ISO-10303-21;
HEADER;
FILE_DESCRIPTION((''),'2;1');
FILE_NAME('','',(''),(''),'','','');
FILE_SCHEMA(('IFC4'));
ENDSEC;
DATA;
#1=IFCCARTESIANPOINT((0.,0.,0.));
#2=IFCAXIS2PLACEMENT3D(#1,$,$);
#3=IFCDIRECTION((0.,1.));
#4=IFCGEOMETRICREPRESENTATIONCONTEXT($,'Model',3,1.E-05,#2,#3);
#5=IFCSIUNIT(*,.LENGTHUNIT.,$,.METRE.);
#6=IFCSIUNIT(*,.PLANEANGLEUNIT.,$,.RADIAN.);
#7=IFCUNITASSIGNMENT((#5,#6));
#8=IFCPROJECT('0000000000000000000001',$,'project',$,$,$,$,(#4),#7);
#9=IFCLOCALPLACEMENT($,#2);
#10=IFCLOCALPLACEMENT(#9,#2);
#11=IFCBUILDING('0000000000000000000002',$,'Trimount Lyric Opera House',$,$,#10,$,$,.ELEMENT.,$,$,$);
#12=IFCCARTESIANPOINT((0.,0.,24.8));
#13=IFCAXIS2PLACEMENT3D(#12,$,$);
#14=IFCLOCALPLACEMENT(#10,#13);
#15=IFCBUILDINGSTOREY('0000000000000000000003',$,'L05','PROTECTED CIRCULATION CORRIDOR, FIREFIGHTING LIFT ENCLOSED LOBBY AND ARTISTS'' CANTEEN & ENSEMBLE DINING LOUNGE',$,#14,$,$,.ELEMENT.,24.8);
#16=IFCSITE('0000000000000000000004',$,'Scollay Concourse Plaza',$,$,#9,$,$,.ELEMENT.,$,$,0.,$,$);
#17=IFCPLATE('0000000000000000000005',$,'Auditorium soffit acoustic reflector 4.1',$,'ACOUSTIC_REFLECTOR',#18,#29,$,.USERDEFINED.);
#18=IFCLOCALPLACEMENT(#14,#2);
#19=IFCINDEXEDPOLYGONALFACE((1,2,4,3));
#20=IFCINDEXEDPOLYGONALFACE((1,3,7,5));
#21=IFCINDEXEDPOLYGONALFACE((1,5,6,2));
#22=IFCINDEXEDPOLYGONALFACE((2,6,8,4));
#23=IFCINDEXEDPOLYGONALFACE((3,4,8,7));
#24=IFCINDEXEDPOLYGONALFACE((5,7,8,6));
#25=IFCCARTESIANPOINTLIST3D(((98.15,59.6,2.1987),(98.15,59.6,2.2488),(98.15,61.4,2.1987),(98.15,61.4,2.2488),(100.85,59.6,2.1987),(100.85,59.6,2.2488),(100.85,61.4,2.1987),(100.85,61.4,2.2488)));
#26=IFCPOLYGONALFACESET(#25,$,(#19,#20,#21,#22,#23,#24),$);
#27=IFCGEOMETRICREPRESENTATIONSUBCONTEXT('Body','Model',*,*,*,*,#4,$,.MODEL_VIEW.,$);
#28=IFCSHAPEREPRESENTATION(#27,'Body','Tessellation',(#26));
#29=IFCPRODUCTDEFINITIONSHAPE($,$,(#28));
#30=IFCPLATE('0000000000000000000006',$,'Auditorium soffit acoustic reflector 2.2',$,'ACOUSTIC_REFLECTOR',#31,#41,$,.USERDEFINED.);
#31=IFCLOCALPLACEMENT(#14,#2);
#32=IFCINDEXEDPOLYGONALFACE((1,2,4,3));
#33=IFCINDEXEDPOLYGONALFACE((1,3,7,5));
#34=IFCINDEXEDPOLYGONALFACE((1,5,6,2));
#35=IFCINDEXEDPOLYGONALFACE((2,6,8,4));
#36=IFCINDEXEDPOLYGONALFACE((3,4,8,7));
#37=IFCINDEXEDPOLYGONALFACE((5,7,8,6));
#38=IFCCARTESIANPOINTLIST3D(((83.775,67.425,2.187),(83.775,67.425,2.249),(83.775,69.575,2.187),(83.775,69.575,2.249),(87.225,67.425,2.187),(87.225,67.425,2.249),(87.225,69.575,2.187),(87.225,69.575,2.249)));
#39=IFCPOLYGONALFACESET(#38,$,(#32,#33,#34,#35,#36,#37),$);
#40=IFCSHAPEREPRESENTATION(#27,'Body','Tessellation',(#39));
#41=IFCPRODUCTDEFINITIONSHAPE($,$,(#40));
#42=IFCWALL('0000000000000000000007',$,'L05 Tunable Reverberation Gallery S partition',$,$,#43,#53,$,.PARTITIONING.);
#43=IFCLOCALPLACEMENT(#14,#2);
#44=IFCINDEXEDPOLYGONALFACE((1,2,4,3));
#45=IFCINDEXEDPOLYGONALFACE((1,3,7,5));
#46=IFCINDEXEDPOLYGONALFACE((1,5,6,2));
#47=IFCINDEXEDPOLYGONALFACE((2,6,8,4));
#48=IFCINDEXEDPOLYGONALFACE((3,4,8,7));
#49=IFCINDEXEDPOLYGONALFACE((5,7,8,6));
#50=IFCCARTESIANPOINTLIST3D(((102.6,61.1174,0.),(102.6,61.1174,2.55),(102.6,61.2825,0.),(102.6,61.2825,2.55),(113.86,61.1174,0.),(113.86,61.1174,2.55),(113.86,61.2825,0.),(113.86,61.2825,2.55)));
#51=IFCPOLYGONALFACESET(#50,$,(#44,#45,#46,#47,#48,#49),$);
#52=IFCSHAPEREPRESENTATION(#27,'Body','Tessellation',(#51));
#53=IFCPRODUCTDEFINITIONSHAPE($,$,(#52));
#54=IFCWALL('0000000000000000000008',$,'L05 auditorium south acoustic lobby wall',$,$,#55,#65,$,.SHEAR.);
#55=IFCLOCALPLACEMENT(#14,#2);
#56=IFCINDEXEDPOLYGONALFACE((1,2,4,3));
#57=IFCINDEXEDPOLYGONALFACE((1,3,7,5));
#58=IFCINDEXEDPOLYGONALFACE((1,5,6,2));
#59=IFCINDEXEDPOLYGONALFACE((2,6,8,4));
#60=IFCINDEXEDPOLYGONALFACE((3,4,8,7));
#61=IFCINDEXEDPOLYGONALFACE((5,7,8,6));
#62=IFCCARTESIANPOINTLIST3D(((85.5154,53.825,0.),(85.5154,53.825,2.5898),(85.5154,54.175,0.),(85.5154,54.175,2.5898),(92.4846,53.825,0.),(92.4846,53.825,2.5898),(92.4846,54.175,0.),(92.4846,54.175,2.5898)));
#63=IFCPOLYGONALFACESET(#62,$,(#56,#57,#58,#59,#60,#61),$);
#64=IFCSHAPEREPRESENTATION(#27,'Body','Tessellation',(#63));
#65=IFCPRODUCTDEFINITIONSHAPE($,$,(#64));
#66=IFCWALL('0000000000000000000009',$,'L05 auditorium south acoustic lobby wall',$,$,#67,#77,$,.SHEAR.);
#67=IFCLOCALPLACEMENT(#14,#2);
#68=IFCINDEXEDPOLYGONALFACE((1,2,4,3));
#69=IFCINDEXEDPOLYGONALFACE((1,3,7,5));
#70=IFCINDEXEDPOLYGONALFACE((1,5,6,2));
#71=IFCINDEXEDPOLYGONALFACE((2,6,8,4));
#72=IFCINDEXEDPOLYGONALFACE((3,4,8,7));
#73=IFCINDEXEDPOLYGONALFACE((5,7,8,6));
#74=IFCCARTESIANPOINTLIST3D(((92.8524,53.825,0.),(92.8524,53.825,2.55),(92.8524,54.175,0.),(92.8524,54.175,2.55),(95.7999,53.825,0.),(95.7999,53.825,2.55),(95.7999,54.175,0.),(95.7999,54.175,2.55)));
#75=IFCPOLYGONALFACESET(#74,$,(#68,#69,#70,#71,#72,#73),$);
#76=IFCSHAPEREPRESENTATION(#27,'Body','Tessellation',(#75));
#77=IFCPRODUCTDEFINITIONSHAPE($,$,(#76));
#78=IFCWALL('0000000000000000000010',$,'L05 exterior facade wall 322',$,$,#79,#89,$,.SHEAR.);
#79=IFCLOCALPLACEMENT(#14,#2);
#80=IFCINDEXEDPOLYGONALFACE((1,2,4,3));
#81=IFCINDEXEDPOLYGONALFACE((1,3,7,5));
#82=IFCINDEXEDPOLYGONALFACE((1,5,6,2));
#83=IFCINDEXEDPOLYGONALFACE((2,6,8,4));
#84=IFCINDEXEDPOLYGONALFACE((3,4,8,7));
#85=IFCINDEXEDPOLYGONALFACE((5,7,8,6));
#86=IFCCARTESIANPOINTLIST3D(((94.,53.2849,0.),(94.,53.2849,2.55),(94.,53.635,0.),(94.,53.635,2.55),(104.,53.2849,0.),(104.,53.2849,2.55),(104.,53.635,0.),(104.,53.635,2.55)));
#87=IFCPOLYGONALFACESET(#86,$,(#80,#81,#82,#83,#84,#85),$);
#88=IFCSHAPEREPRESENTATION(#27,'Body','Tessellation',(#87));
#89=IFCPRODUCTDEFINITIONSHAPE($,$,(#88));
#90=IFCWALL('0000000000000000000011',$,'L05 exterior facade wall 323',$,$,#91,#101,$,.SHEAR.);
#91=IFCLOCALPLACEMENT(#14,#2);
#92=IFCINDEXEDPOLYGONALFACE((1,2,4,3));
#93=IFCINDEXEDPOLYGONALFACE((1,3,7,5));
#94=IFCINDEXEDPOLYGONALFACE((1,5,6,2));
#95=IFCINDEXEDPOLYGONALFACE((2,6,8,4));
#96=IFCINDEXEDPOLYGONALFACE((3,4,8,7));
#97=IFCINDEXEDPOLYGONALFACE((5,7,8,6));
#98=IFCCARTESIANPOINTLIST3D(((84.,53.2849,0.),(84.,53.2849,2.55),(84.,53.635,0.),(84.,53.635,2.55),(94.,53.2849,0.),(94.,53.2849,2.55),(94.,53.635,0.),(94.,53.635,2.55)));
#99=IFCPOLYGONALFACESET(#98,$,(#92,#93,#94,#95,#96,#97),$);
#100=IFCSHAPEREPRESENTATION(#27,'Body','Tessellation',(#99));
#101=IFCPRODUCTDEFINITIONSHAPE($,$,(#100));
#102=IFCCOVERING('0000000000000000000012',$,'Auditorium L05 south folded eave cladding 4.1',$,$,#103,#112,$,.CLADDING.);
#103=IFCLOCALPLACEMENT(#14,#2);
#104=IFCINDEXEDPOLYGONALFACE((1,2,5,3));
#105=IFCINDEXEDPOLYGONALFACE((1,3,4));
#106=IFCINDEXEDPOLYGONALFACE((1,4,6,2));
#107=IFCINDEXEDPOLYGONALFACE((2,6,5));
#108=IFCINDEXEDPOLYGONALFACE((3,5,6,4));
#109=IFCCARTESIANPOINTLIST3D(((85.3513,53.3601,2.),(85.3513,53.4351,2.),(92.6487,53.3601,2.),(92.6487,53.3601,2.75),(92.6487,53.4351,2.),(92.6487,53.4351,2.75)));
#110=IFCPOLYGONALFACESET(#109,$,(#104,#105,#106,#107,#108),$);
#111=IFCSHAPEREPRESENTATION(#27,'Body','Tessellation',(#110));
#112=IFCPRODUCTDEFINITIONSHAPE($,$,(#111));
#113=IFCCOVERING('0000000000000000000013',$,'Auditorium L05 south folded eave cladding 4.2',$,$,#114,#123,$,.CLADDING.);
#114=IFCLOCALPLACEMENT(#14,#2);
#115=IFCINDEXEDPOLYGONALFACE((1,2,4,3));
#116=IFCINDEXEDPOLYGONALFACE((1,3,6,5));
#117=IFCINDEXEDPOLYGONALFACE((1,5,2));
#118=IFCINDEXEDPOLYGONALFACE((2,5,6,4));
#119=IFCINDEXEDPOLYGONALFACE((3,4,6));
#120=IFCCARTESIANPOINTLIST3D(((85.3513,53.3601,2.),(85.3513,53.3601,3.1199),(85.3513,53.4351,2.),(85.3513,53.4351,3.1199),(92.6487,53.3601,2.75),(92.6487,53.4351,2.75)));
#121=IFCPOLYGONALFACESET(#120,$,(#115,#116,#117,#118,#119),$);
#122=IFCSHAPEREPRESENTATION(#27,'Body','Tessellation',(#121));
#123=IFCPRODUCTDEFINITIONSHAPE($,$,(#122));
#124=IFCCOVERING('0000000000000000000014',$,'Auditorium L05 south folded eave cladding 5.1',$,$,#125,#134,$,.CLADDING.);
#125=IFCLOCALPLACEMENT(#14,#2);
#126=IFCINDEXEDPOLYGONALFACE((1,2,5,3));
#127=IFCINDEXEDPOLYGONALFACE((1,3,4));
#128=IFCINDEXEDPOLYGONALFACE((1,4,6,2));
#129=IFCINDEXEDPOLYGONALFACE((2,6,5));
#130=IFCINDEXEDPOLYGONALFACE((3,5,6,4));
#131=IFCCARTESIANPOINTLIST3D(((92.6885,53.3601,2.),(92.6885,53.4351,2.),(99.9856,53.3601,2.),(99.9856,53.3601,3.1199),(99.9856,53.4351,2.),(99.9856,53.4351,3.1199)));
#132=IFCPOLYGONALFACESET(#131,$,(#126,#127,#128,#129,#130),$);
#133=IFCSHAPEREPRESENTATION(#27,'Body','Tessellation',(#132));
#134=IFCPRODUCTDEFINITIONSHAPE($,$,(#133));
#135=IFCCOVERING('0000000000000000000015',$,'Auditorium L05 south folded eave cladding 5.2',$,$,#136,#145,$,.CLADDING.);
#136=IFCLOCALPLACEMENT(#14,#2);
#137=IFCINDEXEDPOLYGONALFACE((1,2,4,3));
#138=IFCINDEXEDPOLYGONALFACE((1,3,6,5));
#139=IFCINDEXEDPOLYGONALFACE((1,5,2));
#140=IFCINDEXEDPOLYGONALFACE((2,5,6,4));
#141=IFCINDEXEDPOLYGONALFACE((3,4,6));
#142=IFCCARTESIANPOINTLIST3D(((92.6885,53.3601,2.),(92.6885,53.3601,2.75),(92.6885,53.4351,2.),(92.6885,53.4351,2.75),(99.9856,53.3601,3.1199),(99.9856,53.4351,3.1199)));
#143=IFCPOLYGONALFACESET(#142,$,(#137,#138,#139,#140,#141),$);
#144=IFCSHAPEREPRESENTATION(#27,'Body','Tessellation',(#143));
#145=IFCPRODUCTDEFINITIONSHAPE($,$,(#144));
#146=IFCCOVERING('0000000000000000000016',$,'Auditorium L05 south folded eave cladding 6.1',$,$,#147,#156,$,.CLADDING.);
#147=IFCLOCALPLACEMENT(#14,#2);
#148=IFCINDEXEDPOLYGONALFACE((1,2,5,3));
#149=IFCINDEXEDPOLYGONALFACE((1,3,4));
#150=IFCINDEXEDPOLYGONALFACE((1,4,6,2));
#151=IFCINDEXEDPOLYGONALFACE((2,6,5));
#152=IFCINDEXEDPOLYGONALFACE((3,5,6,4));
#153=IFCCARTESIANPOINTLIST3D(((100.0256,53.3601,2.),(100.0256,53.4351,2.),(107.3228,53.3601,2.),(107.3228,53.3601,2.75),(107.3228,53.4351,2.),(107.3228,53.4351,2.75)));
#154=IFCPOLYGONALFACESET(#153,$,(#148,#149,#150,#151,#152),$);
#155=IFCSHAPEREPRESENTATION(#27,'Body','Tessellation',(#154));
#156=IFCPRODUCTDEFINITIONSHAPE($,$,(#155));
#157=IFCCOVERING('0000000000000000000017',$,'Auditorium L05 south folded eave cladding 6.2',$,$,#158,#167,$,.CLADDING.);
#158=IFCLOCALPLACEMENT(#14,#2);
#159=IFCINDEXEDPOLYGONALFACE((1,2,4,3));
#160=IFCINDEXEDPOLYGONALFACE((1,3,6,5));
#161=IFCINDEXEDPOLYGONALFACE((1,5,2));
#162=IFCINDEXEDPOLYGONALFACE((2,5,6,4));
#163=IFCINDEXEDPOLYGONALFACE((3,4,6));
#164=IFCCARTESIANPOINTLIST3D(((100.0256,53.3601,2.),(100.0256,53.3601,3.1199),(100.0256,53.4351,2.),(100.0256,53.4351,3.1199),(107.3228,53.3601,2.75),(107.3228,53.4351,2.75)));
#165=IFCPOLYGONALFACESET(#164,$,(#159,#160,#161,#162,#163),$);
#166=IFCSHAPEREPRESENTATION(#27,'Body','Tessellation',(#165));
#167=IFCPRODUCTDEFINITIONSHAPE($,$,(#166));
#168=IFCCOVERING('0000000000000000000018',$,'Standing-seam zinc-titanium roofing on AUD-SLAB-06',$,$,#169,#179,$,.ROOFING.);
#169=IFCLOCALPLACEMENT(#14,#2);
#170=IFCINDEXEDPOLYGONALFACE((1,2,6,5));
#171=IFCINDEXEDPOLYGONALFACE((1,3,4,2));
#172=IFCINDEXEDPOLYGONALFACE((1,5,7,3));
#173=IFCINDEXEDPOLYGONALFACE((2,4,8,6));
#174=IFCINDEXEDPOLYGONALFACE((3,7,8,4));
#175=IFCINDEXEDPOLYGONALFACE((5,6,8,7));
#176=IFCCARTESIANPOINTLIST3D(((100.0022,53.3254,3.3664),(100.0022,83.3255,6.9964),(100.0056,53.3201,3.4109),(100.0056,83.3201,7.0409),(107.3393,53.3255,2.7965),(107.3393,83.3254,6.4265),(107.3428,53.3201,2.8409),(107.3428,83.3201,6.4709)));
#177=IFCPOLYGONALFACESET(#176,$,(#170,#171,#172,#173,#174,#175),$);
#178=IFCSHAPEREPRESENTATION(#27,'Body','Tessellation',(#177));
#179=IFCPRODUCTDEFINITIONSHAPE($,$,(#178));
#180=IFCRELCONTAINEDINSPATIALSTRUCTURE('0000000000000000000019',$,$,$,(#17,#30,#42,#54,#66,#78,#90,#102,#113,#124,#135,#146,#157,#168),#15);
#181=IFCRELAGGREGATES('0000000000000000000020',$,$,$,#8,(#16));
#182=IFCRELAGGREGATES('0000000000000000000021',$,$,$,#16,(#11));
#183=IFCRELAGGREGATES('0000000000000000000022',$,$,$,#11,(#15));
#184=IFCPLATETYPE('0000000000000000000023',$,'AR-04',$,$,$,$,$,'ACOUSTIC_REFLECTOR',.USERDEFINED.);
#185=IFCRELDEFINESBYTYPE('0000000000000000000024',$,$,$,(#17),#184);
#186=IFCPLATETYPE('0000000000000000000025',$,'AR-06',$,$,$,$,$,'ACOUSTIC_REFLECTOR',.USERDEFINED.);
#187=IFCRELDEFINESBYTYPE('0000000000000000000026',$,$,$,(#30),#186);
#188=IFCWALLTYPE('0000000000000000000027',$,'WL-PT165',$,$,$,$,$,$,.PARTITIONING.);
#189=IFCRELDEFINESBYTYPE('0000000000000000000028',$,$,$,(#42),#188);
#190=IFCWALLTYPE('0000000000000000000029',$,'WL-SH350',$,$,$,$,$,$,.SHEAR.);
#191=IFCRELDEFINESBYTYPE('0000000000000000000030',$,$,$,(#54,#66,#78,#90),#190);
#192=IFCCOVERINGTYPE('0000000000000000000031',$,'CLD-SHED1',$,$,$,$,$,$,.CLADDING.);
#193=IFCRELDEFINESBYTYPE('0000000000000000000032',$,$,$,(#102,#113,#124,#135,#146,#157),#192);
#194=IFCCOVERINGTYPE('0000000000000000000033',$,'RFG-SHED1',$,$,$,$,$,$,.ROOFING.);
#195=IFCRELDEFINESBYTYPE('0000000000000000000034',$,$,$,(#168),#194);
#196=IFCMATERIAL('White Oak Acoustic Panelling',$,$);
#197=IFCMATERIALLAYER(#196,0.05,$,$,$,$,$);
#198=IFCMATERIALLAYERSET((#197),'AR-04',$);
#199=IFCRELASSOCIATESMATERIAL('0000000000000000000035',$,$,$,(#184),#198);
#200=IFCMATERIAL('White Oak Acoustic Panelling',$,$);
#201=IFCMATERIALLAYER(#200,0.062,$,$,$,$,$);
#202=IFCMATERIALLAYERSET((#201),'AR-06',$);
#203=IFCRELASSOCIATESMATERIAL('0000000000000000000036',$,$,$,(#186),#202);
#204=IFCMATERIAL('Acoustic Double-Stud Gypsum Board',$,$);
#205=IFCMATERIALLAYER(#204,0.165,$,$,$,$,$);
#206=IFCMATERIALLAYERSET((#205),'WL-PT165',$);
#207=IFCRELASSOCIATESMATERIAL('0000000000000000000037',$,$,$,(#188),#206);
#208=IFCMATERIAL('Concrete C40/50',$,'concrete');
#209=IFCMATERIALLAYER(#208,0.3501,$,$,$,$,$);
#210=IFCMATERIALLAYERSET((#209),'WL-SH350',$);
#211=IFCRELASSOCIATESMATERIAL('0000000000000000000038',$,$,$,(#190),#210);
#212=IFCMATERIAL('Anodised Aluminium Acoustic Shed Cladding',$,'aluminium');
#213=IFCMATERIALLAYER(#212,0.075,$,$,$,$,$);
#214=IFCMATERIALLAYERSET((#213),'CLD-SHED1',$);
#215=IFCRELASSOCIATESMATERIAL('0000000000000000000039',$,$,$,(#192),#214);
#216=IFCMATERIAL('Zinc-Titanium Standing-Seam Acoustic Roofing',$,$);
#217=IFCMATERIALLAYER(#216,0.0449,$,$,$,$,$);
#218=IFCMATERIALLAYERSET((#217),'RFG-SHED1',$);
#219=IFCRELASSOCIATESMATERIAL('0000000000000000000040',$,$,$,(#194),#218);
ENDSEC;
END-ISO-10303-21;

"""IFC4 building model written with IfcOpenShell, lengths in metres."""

from ifc_helpers import new_model, si_unit, direction, frame, frame_2d, origin, origin_2d, place, context, subcontext, project, spatial, polyline, rectangle, outline, extrude, material, layer, layer_set, type_object, element, save


model = new_model("IFC4")

# Units and contexts
model_context = context("Model", 3, precision=1e-05, world=origin(), true_north=direction((0.0, 1.0)))
body_context = subcontext(model_context, "Body", "Model", "MODEL_VIEW")
ifc_project = project(units=[si_unit("LENGTHUNIT", "METRE"), si_unit("PLANEANGLEUNIT", "RADIAN")], contexts=[model_context])

# Site, building, storey
site_placement = place(None, origin())
site = spatial("IfcSite", under=ifc_project, at=site_placement, Name="Scollay Concourse Plaza", CompositionType="ELEMENT", RefElevation=0.0)
building_placement = place(site_placement, origin())
building = spatial("IfcBuilding", under=site, at=building_placement, Name="Trimount Lyric Opera House", CompositionType="ELEMENT")
storey_placement = place(building_placement, frame((0.0, 0.0, 24.8)))
storey = spatial("IfcBuildingStorey", under=building, at=storey_placement, Name="L05", Description="PROTECTED CIRCULATION CORRIDOR, FIREFIGHTING LIFT ENCLOSED LOBBY AND ARTISTS' CANTEEN & ENSEMBLE DINING LOUNGE", CompositionType="ELEMENT", Elevation=24.8)

# Plates
ifc_material_1 = material(Name="White Oak Acoustic Panelling")
ifc_layer_1 = layer(ifc_material_1, 0.05)
ifc_layer_set_1 = layer_set([ifc_layer_1], Name="AR-04")
plate_type_1 = type_object("IfcPlateType", Name="AR-04", ElementType="ACOUSTIC_REFLECTOR", PredefinedType="USERDEFINED", material=ifc_layer_set_1)
plate_1_placement = place(storey_placement, frame((99.5, 60.5, 2.1987), z_axis=(0.0, 0.0, 1.0), x_axis=(1.0, 0.0, 0.0)))
element("IfcPlate", 1, at=plate_1_placement, inside=storey, type_object=plate_type_1, Name="Auditorium soffit acoustic reflector 4.1", ObjectType="ACOUSTIC_REFLECTOR", PredefinedType="USERDEFINED", context=body_context, shape_type="SweptSolid", body=[
    extrude(rectangle(XDim=2.7, YDim=1.8, at=origin_2d()), origin(), (0.0, 0.0, 1.0), 0.05),
])
ifc_material_2 = material(Name="White Oak Acoustic Panelling")
ifc_layer_2 = layer(ifc_material_2, 0.062)
ifc_layer_set_2 = layer_set([ifc_layer_2], Name="AR-06")
plate_type_2 = type_object("IfcPlateType", Name="AR-06", ElementType="ACOUSTIC_REFLECTOR", PredefinedType="USERDEFINED", material=ifc_layer_set_2)
plate_2_placement = place(storey_placement, frame((85.5, 68.5, 2.187), z_axis=(0.0, 0.0, 1.0), x_axis=(1.0, 0.0, 0.0)))
element("IfcPlate", 2, at=plate_2_placement, inside=storey, type_object=plate_type_2, Name="Auditorium soffit acoustic reflector 2.2", ObjectType="ACOUSTIC_REFLECTOR", PredefinedType="USERDEFINED", context=body_context, shape_type="SweptSolid", body=[
    extrude(rectangle(XDim=3.45, YDim=2.1499, at=origin_2d()), origin(), (0.0, 0.0, 1.0), 0.062),
])

# Walls
ifc_material_3 = material(Name="Acoustic Double-Stud Gypsum Board")
ifc_layer_3 = layer(ifc_material_3, 0.165)
ifc_layer_set_3 = layer_set([ifc_layer_3], Name="WL-PT165")
wall_type_1 = type_object("IfcWallType", Name="WL-PT165", PredefinedType="PARTITIONING", material=ifc_layer_set_3)
wall_1_placement = place(storey_placement, frame((102.6001, 61.2, 0.0), z_axis=(0.0, 0.0, 1.0), x_axis=(1.0, 0.0, 0.0)))
element("IfcWall", 3, at=wall_1_placement, inside=storey, type_object=wall_type_1, Name="L05 Tunable Reverberation Gallery S partition", PredefinedType="PARTITIONING", context=body_context, shape_type="SweptSolid", body=[
    extrude(rectangle(XDim=11.26, YDim=0.165, at=frame_2d((5.6299, 0.0))), origin(), (0.0, 0.0, 1.0), 2.55),
])
ifc_material_4 = material(Name="Concrete C40/50", Category="concrete")
ifc_layer_4 = layer(ifc_material_4, 0.3501)
ifc_layer_set_4 = layer_set([ifc_layer_4], Name="WL-SH350")
wall_type_2 = type_object("IfcWallType", Name="WL-SH350", PredefinedType="SHEAR", material=ifc_layer_set_4)
wall_2_placement = place(storey_placement, frame((85.5154, 54.0, 0.0), z_axis=(0.0, 0.0, 1.0), x_axis=(1.0, 0.0, 0.0)))
element("IfcWall", 4, at=wall_2_placement, inside=storey, type_object=wall_type_2, Name="L05 auditorium south acoustic lobby wall", PredefinedType="SHEAR", context=body_context, shape_type="SweptSolid", body=[
    extrude(rectangle(XDim=6.9692, YDim=0.3501, at=frame_2d((3.4846, 0.0))), origin(), (0.0, 0.0, 1.0), 2.5898),
])
wall_3_placement = place(storey_placement, frame((92.8525, 54.0, 0.0), z_axis=(0.0, 0.0, 1.0), x_axis=(1.0, 0.0, 0.0)))
element("IfcWall", 5, at=wall_3_placement, inside=storey, type_object=wall_type_2, Name="L05 auditorium south acoustic lobby wall", PredefinedType="SHEAR", context=body_context, shape_type="SweptSolid", body=[
    extrude(rectangle(XDim=2.9475, YDim=0.3501, at=frame_2d((1.4736, 0.0))), origin(), (0.0, 0.0, 1.0), 2.55),
])
for number, where, z_axis, x_axis, name in (
    (6, (104.0, 53.46, 0.0), (0.0, 0.0, 1.0), (-1.0, 0.0, 0.0), "L05 exterior facade wall 322"),
    (7, (94.0, 53.46, 0.0), (0.0, 0.0, 1.0), (-1.0, 0.0, 0.0), "L05 exterior facade wall 323"),
):
    element("IfcWall", number, at=place(storey_placement, frame(where, z_axis=z_axis, x_axis=x_axis)), inside=storey, type_object=wall_type_2, Name=name, PredefinedType="SHEAR", context=body_context, shape_type="SweptSolid", body=[
        extrude(rectangle(XDim=10.0, YDim=0.3501, at=frame_2d((5.0, 0.0))), origin(), (0.0, 0.0, 1.0), 2.55),
    ])

# Coverings
ifc_material_5 = material(Name="Anodised Aluminium Acoustic Shed Cladding", Category="aluminium")
ifc_layer_5 = layer(ifc_material_5, 0.075)
ifc_layer_set_5 = layer_set([ifc_layer_5], Name="CLD-SHED1")
covering_type_1 = type_object("IfcCoveringType", Name="CLD-SHED1", PredefinedType="CLADDING", material=ifc_layer_set_5)
covering_1_placement = place(storey_placement, frame((85.3513, 53.3601, 2.0), z_axis=(0.0, -1.0, 0.0), x_axis=(1.0, 0.0, 0.0)))
element("IfcCovering", 8, at=covering_1_placement, inside=storey, type_object=covering_type_1, Name="Auditorium L05 south folded eave cladding 4.1", PredefinedType="CLADDING", context=body_context, shape_type="SweptSolid", body=[
    extrude(outline(polyline([(0.0, 0.0), (7.2974, 0.0), (7.2974, 0.75), (0.0, 0.0)])), origin(), (0.0, 0.0, -1.0), 0.075),
])
covering_2_placement = place(storey_placement, frame((85.3513, 53.3601, 2.0), z_axis=(0.0, -1.0, 0.0), x_axis=(0.99476, 0.0, 0.102238)))
element("IfcCovering", 9, at=covering_2_placement, inside=storey, type_object=covering_type_1, Name="Auditorium L05 south folded eave cladding 4.2", PredefinedType="CLADDING", context=body_context, shape_type="SweptSolid", body=[
    extrude(outline(polyline([(0.0, 0.0), (7.3358, 0.0), (0.1145, 1.114), (0.0, 0.0)])), origin(), (0.0, 0.0, -1.0), 0.075),
])
covering_3_placement = place(storey_placement, frame((92.6885, 53.3601, 2.0), z_axis=(0.0, -1.0, 0.0), x_axis=(1.0, 0.0, 0.0)))
element("IfcCovering", 10, at=covering_3_placement, inside=storey, type_object=covering_type_1, Name="Auditorium L05 south folded eave cladding 5.1", PredefinedType="CLADDING", context=body_context, shape_type="SweptSolid", body=[
    extrude(outline(polyline([(0.0, 0.0), (7.2971, 0.0), (7.2971, 1.1199), (0.0, 0.0)])), origin(), (0.0, 0.0, -1.0), 0.075),
])
covering_4_placement = place(storey_placement, frame((92.6885, 53.3601, 2.0), z_axis=(0.0, -1.0, 0.0), x_axis=(0.988428, 0.0, 0.151692)))
element("IfcCovering", 11, at=covering_4_placement, inside=storey, type_object=covering_type_1, Name="Auditorium L05 south folded eave cladding 5.2", PredefinedType="CLADDING", context=body_context, shape_type="SweptSolid", body=[
    extrude(outline(polyline([(0.0, 0.0), (7.3826, 0.0), (0.1138, 0.7413), (0.0, 0.0)])), origin(), (0.0, 0.0, -1.0), 0.075),
])
covering_5_placement = place(storey_placement, frame((100.0256, 53.3601, 2.0), z_axis=(0.0, -1.0, 0.0), x_axis=(1.0, 0.0, 0.0)))
element("IfcCovering", 12, at=covering_5_placement, inside=storey, type_object=covering_type_1, Name="Auditorium L05 south folded eave cladding 6.1", PredefinedType="CLADDING", context=body_context, shape_type="SweptSolid", body=[
    extrude(outline(polyline([(0.0, 0.0), (7.2971, 0.0), (7.2971, 0.75), (0.0, 0.0)])), origin(), (0.0, 0.0, -1.0), 0.075),
])
covering_6_placement = place(storey_placement, frame((100.0256, 53.3601, 2.0), z_axis=(0.0, -1.0, 0.0), x_axis=(0.99476, 0.0, 0.102242)))
element("IfcCovering", 13, at=covering_6_placement, inside=storey, type_object=covering_type_1, Name="Auditorium L05 south folded eave cladding 6.2", PredefinedType="CLADDING", context=body_context, shape_type="SweptSolid", body=[
    extrude(outline(polyline([(0.0, 0.0), (7.3356, 0.0), (0.1145, 1.114), (0.0, 0.0)])), origin(), (0.0, 0.0, -1.0), 0.075),
])
ifc_material_6 = material(Name="Zinc-Titanium Standing-Seam Acoustic Roofing")
ifc_layer_6 = layer(ifc_material_6, 0.0449)
ifc_layer_set_6 = layer_set([ifc_layer_6], Name="RFG-SHED1")
covering_type_2 = type_object("IfcCoveringType", Name="RFG-SHED1", PredefinedType="ROOFING", material=ifc_layer_set_6)
covering_7_placement = place(storey_placement, frame((100.0056, 53.3201, 3.4109), z_axis=(0.076889, -0.119768, 0.98982), x_axis=(0.996997, 0.000002, -0.077446)))
element("IfcCovering", 14, at=covering_7_placement, inside=storey, type_object=covering_type_2, Name="Standing-seam zinc-titanium roofing on AUD-SLAB-06", PredefinedType="ROOFING", context=body_context, shape_type="SweptSolid", body=[
    extrude(outline(polyline([(0.0, 0.0), (7.3593, 0.0), (7.0782, 30.2175), (-0.2811, 30.2175), (0.0, 0.0)])), origin(), (0.0, 0.0, -1.0), 0.0449),
])

save(model, "model.ifc")
